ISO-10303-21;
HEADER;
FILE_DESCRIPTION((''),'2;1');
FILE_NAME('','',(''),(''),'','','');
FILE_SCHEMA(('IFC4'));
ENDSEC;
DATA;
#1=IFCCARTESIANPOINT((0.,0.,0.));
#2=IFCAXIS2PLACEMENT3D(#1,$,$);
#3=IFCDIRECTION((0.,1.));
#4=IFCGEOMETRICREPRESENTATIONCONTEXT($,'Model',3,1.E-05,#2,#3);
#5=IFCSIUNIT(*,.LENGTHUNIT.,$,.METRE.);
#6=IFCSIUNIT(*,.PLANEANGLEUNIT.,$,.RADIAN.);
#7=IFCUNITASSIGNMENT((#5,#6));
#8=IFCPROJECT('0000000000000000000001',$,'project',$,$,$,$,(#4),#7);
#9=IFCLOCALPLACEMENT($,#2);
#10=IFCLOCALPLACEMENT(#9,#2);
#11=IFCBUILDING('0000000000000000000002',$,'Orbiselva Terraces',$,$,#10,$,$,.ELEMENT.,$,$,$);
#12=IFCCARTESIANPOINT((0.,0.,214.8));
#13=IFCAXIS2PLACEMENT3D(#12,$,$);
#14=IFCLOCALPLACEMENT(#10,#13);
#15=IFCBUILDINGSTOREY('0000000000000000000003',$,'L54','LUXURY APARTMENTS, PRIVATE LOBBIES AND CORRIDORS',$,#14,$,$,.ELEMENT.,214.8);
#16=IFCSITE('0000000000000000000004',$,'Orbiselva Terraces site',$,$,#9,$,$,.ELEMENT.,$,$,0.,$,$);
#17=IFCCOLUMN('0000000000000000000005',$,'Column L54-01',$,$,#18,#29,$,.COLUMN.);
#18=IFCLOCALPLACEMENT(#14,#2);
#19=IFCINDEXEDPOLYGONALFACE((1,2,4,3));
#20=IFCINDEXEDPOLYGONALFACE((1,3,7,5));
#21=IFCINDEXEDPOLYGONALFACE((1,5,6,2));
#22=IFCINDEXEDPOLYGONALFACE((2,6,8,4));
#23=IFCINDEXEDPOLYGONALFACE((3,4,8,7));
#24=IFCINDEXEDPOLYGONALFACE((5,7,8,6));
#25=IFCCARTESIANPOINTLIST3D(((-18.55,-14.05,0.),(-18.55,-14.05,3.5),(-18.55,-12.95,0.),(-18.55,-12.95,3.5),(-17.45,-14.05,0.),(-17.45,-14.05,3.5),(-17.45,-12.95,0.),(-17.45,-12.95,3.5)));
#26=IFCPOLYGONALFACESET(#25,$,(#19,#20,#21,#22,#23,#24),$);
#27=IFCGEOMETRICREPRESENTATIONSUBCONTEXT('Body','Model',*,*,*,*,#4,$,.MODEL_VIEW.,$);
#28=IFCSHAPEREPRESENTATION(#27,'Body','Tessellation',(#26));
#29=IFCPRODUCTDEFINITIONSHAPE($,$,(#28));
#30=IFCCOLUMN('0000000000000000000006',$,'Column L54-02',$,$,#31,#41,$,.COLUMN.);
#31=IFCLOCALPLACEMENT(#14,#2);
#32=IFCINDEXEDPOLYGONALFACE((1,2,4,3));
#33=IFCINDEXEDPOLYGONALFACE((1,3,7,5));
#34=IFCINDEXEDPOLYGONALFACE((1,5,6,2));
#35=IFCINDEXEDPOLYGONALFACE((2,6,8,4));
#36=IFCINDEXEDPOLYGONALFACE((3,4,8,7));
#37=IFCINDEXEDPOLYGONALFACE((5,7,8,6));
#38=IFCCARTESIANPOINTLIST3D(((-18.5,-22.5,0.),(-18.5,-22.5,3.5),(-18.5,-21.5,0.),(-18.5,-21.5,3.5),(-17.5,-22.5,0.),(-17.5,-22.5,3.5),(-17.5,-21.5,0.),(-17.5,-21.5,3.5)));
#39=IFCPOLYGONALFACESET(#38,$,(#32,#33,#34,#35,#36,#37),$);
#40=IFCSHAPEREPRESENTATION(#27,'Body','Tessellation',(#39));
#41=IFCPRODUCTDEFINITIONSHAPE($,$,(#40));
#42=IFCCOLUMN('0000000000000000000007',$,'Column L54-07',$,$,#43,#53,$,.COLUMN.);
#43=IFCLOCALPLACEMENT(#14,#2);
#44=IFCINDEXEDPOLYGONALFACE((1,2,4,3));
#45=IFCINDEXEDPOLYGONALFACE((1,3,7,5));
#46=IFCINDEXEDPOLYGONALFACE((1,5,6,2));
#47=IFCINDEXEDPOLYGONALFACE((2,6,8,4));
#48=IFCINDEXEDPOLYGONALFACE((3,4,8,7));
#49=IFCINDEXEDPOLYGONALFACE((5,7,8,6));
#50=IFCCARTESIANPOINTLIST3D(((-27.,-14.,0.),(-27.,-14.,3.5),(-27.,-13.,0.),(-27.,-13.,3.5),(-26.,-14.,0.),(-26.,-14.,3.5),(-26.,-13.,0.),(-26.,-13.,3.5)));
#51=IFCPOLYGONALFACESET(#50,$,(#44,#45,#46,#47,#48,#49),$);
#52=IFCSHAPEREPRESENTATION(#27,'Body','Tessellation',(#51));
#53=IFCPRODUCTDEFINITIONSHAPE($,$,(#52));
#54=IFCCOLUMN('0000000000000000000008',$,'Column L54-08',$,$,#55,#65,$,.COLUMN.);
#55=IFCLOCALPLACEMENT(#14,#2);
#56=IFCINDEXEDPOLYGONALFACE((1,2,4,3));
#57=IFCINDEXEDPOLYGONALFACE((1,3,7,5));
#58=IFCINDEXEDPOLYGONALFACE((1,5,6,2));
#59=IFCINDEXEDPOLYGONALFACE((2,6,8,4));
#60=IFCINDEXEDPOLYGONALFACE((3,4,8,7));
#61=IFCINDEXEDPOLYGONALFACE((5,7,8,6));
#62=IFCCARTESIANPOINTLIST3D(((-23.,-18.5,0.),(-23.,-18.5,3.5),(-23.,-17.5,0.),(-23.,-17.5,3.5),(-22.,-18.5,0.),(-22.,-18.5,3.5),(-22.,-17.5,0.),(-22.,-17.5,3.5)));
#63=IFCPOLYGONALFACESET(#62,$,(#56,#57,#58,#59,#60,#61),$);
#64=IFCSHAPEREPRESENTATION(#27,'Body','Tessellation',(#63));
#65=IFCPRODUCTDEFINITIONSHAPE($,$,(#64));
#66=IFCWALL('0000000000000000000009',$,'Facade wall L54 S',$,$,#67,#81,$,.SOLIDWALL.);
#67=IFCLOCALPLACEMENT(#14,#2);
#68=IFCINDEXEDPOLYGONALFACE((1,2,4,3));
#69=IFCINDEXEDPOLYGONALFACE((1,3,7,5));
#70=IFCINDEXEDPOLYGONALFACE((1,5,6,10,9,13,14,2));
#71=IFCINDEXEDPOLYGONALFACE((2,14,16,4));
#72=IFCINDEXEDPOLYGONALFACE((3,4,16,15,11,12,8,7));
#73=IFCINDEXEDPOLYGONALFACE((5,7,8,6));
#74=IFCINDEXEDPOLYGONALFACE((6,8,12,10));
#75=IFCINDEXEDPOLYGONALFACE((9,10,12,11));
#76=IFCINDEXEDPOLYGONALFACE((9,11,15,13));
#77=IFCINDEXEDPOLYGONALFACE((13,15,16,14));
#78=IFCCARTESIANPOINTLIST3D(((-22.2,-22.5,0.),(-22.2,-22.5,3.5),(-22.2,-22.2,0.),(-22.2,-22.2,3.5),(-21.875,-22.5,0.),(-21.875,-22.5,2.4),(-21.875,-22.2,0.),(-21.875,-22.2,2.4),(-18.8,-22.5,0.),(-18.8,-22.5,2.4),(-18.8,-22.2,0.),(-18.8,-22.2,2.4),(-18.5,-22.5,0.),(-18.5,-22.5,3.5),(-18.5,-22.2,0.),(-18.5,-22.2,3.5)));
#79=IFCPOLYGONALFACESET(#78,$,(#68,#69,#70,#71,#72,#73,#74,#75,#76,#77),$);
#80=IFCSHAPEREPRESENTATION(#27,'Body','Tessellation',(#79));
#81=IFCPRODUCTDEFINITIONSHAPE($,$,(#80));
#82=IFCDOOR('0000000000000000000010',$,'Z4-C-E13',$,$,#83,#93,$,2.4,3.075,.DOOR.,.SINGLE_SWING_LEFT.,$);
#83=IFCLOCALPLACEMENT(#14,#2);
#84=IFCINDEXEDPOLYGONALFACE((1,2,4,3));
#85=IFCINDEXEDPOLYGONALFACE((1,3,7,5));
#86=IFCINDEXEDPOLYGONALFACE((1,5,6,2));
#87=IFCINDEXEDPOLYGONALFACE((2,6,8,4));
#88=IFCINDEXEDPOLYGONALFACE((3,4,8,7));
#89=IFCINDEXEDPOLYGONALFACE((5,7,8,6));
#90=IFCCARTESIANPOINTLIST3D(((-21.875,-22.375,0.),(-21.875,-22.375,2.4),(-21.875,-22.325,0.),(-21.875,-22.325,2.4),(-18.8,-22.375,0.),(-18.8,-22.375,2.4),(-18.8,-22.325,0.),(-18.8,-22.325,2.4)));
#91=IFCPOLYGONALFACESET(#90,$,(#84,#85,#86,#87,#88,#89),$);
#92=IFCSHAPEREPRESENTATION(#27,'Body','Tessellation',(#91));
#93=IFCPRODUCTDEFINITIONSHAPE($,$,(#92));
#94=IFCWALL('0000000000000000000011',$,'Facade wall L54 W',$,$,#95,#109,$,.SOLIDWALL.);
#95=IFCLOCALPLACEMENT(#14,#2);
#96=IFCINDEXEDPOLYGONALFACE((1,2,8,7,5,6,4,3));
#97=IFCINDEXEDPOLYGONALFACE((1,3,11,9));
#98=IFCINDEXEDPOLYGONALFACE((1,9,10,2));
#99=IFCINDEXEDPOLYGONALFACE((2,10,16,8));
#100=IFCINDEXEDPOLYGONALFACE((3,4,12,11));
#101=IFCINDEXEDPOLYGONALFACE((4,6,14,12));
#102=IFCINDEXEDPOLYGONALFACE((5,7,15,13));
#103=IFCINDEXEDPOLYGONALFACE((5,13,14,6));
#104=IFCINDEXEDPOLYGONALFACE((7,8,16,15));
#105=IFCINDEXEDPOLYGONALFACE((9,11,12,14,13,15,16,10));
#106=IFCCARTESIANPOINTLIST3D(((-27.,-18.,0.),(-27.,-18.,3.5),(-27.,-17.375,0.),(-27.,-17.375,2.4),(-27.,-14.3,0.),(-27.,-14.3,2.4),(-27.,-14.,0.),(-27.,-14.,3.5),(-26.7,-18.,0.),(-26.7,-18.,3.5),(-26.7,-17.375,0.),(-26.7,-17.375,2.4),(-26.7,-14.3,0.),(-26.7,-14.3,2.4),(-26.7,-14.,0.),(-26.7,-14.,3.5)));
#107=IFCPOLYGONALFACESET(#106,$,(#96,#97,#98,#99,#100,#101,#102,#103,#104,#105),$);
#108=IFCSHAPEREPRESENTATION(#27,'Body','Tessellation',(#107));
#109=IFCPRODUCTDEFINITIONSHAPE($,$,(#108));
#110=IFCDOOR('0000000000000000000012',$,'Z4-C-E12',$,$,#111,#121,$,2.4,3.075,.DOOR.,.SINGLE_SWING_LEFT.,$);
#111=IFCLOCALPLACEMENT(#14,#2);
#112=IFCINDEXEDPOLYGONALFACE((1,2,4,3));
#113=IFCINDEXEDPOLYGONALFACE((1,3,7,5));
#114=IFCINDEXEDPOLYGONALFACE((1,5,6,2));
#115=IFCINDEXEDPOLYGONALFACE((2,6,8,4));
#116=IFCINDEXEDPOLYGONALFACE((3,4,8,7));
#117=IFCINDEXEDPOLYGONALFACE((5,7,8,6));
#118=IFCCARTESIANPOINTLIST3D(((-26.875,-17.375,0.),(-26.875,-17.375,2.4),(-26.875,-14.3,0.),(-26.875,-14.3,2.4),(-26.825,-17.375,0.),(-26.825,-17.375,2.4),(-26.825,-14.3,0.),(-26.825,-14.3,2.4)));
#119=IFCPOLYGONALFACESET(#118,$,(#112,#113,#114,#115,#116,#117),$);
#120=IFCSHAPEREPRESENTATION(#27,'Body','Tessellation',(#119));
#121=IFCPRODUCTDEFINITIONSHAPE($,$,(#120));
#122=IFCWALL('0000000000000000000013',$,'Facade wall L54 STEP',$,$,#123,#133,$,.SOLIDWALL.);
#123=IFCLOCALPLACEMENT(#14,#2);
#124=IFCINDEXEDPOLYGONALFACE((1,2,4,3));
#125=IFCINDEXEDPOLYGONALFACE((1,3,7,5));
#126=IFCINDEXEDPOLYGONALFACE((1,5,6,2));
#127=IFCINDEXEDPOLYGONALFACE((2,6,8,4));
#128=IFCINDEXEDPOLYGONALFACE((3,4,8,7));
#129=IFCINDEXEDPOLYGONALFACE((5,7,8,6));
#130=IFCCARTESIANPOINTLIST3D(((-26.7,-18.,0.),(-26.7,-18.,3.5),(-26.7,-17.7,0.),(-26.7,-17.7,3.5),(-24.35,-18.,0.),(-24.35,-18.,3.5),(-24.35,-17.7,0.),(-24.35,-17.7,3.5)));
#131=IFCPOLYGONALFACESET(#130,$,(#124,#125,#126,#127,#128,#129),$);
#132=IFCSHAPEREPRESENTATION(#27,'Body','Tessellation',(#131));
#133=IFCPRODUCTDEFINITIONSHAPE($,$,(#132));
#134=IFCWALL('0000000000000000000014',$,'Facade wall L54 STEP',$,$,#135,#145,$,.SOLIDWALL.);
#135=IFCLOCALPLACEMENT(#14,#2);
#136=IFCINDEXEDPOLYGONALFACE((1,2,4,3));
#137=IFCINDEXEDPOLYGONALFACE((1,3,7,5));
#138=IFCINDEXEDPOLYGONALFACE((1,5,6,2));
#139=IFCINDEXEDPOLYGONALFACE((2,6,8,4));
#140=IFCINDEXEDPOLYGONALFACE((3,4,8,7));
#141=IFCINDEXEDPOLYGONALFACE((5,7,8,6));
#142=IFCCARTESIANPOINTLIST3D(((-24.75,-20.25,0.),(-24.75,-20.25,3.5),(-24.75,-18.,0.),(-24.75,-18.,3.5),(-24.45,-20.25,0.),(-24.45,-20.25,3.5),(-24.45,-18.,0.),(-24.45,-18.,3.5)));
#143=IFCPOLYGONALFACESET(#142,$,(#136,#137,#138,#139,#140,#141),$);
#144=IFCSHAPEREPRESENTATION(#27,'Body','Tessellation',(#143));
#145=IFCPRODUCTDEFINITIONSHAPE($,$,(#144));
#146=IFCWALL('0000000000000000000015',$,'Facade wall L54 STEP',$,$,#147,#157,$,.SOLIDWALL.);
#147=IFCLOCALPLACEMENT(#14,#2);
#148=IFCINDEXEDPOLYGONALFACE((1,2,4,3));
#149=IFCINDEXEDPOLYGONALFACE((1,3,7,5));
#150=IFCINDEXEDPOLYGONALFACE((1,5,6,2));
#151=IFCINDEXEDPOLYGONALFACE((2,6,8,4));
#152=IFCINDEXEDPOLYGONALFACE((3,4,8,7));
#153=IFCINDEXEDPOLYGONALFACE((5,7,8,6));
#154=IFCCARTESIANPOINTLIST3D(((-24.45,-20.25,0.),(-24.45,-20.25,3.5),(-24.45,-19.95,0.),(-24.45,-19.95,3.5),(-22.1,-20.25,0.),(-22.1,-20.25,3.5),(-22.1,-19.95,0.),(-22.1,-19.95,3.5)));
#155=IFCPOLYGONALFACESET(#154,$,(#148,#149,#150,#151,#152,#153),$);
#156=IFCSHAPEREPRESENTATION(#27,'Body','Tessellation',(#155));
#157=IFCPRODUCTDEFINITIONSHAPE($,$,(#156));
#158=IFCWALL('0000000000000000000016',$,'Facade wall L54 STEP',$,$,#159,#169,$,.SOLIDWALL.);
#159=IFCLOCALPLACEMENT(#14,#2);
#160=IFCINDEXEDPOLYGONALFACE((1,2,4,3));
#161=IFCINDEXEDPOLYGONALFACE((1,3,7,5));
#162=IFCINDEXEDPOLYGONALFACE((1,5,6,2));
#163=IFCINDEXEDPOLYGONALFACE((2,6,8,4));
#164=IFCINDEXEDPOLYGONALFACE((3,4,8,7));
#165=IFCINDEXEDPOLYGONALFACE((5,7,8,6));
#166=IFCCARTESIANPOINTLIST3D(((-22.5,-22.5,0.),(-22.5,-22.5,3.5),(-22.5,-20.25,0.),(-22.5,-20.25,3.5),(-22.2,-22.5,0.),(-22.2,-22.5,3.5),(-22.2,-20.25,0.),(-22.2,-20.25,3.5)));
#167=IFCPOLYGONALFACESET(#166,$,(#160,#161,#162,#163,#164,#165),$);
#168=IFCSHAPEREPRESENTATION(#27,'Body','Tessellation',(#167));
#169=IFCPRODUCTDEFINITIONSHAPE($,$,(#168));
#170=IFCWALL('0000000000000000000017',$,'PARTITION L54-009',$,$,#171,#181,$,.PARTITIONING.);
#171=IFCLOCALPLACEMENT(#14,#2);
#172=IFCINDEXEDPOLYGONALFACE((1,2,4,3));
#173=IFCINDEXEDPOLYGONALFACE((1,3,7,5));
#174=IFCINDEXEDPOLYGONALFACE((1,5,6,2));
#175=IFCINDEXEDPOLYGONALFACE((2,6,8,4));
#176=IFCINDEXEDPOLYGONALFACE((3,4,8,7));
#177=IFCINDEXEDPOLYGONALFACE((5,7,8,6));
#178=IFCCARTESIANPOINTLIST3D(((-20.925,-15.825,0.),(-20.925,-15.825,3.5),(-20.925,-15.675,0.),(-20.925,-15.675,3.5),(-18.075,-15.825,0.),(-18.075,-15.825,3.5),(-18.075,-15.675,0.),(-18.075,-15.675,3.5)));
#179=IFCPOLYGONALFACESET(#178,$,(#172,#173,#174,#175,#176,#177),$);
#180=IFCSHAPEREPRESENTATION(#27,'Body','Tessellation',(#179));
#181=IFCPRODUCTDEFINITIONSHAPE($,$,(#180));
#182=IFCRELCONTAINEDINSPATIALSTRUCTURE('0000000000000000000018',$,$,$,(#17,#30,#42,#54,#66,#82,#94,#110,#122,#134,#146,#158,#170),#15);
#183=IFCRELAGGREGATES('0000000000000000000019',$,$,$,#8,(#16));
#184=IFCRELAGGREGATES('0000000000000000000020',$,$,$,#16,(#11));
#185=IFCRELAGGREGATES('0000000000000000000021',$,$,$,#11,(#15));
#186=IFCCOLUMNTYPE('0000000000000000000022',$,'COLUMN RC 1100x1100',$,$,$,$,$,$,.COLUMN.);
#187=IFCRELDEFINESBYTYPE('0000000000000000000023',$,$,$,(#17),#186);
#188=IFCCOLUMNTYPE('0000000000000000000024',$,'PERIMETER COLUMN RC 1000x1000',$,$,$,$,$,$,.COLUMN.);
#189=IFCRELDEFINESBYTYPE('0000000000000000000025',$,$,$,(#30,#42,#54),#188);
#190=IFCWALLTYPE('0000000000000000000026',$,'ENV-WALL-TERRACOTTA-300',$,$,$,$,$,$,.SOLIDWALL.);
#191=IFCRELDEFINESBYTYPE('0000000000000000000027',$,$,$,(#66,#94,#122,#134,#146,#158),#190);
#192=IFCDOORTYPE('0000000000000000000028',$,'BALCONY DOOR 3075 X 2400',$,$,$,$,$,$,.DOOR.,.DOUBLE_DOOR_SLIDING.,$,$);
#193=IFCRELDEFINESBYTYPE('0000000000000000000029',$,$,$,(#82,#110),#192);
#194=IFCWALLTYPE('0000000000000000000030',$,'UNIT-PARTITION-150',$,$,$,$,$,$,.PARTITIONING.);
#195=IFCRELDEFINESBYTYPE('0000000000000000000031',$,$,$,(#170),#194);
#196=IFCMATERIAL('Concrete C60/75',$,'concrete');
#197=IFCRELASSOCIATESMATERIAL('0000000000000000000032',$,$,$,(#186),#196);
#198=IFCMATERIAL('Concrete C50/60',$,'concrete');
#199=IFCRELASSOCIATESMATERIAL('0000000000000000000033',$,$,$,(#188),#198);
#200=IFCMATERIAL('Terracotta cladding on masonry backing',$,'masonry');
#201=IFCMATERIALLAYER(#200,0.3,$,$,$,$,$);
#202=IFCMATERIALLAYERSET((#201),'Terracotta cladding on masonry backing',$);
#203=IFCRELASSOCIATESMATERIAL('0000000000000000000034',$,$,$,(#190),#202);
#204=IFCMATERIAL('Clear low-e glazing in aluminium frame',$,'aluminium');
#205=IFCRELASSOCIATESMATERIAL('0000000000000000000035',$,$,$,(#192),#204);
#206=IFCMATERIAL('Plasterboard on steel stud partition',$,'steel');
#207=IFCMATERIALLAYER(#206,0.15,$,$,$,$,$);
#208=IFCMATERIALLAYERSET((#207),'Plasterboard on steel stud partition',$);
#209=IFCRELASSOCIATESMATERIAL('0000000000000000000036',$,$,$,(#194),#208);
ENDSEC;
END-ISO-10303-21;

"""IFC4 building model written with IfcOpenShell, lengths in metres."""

from ifc_helpers import new_model, si_unit, direction, frame, frame_2d, origin, origin_2d, place, context, subcontext, project, spatial, rectangle, extrude, material, layer, layer_set, material_profile, profile_set, type_object, element, fill, save


model = new_model("IFC4")

# Units and contexts
model_context = context("Model", 3, precision=1e-05, world=origin(), true_north=direction((0.0, 1.0)))
body_context = subcontext(model_context, "Body", "Model", "MODEL_VIEW")
ifc_project = project(units=[si_unit("LENGTHUNIT", "METRE"), si_unit("PLANEANGLEUNIT", "RADIAN")], contexts=[model_context])

# Site, building, storey
site_placement = place(None, origin())
site = spatial("IfcSite", under=ifc_project, at=site_placement, Name="Orbiselva Terraces site", CompositionType="ELEMENT", RefElevation=0.0)
building_placement = place(site_placement, origin())
building = spatial("IfcBuilding", under=site, at=building_placement, Name="Orbiselva Terraces", CompositionType="ELEMENT")
storey_placement = place(building_placement, frame((0.0, 0.0, 214.8)))
storey = spatial("IfcBuildingStorey", under=building, at=storey_placement, Name="L54", Description="LUXURY APARTMENTS, PRIVATE LOBBIES AND CORRIDORS", CompositionType="ELEMENT", Elevation=214.8)

# Columns
ifc_material_1 = material(Name="Concrete C60/75", Category="concrete")
ifc_material_profile_1 = material_profile(ifc_material_1, rectangle(XDim=1.1, YDim=1.1, at=origin_2d()), Name="RC 1100x1100")
ifc_profile_set_1 = profile_set([ifc_material_profile_1], Name="Concrete C60/75")
column_type_1 = type_object("IfcColumnType", Name="COLUMN RC 1100x1100", PredefinedType="COLUMN", material=ifc_profile_set_1)
column_placement = place(storey_placement, frame((-18.0, -13.5, 0.0), z_axis=(0.0, 0.0, 1.0), x_axis=(1.0, 0.0, 0.0)))
element("IfcColumn", 1, at=column_placement, inside=storey, type_object=column_type_1, Name="Column L54-01", PredefinedType="COLUMN", context=body_context, shape_type="SweptSolid", body=[
    extrude(rectangle(XDim=1.1, YDim=1.1, at=origin_2d()), origin(), (0.0, 0.0, 1.0), 3.5),
])
ifc_material_2 = material(Name="Concrete C50/60", Category="concrete")
ifc_material_profile_2 = material_profile(ifc_material_2, rectangle(XDim=1.0, YDim=1.0, at=origin_2d()), Name="RC 1000x1000")
ifc_profile_set_2 = profile_set([ifc_material_profile_2], Name="Concrete C50/60")
column_type_2 = type_object("IfcColumnType", Name="PERIMETER COLUMN RC 1000x1000", PredefinedType="COLUMN", material=ifc_profile_set_2)
for number, where, z_axis, x_axis, name in (
    (2, (-18.0, -22.0, 0.0), (0.0, 0.0, 1.0), (1.0, 0.0, 0.0), "Column L54-02"),
    (3, (-26.5, -13.5, 0.0), (0.0, 0.0, 1.0), (1.0, 0.0, 0.0), "Column L54-07"),
    (4, (-22.5, -18.0, 0.0), (0.0, 0.0, 1.0), (1.0, 0.0, 0.0), "Column L54-08"),
):
    element("IfcColumn", number, at=place(storey_placement, frame(where, z_axis=z_axis, x_axis=x_axis)), inside=storey, type_object=column_type_2, Name=name, PredefinedType="COLUMN", context=body_context, shape_type="SweptSolid", body=[
        extrude(rectangle(XDim=1.0, YDim=1.0, at=origin_2d()), origin(), (0.0, 0.0, 1.0), 3.5),
    ])

# Walls, openings, doors
ifc_material_3 = material(Name="Terracotta cladding on masonry backing", Category="masonry")
ifc_layer_1 = layer(ifc_material_3, 0.3)
ifc_layer_set_1 = layer_set([ifc_layer_1], Name="Terracotta cladding on masonry backing")
wall_type_1 = type_object("IfcWallType", Name="ENV-WALL-TERRACOTTA-300", PredefinedType="SOLIDWALL", material=ifc_layer_set_1)
wall_1_placement = place(storey_placement, frame((-18.5, -22.35, 0.0), z_axis=(0.0, 0.0, 1.0), x_axis=(-1.0, 0.0, 0.0)))
wall_1 = element("IfcWall", 5, at=wall_1_placement, inside=storey, type_object=wall_type_1, Name="Facade wall L54 S", PredefinedType="SOLIDWALL", context=body_context, shape_type="SweptSolid", body=[
    extrude(rectangle(XDim=3.7, YDim=0.3, at=frame_2d((1.85, 0.0))), origin(), (0.0, 0.0, 1.0), 3.5),
])
opening_1_placement = place(wall_1_placement, frame((0.3, 0.0, 0.0)))
opening_1 = element("IfcOpeningElement", 6, at=opening_1_placement, cuts=wall_1, PredefinedType="OPENING", context=body_context, shape_type="SweptSolid", body=[
    extrude(rectangle(XDim=3.075, YDim=2.4, at=frame_2d((1.5375, 1.2))), frame((0.0, 0.16, 0.0), z_axis=(0.0, -1.0, 0.0), x_axis=(1.0, 0.0, 0.0)), (0.0, 0.0, 1.0), 0.32),
])
ifc_material_4 = material(Name="Clear low-e glazing in aluminium frame", Category="aluminium")
door_type_1 = type_object("IfcDoorType", Name="BALCONY DOOR 3075 X 2400", OperationType="DOUBLE_DOOR_SLIDING", PredefinedType="DOOR", material=ifc_material_4)
door_1_placement = place(opening_1_placement, origin())
door_1 = element("IfcDoor", 7, at=door_1_placement, inside=storey, type_object=door_type_1, Name="Z4-C-E13", OperationType="SINGLE_SWING_LEFT", OverallHeight=2.4, OverallWidth=3.075, PredefinedType="DOOR", context=body_context, shape_type="SweptSolid", body=[
    extrude(rectangle(XDim=3.075, YDim=2.4, at=frame_2d((1.5375, 1.2))), frame((0.0, 0.025, 0.0), z_axis=(0.0, -1.0, 0.0), x_axis=(1.0, 0.0, 0.0)), (0.0, 0.0, 1.0), 0.05),
])
fill(opening_1, door_1)
wall_2_placement = place(storey_placement, frame((-26.85, -18.0, 0.0), z_axis=(0.0, 0.0, 1.0), x_axis=(0.0, 1.0, 0.0)))
wall_2 = element("IfcWall", 8, at=wall_2_placement, inside=storey, type_object=wall_type_1, Name="Facade wall L54 W", PredefinedType="SOLIDWALL", context=body_context, shape_type="SweptSolid", body=[
    extrude(rectangle(XDim=4.0, YDim=0.3, at=frame_2d((2.0, 0.0))), origin(), (0.0, 0.0, 1.0), 3.5),
])
opening_2_placement = place(wall_2_placement, frame((0.625, 0.0, 0.0)))
opening_2 = element("IfcOpeningElement", 9, at=opening_2_placement, cuts=wall_2, PredefinedType="OPENING", context=body_context, shape_type="SweptSolid", body=[
    extrude(rectangle(XDim=3.075, YDim=2.4, at=frame_2d((1.5375, 1.2))), frame((0.0, 0.16, 0.0), z_axis=(0.0, -1.0, 0.0), x_axis=(1.0, 0.0, 0.0)), (0.0, 0.0, 1.0), 0.32),
])
door_2_placement = place(opening_2_placement, origin())
door_2 = element("IfcDoor", 10, at=door_2_placement, inside=storey, type_object=door_type_1, Name="Z4-C-E12", OperationType="SINGLE_SWING_LEFT", OverallHeight=2.4, OverallWidth=3.075, PredefinedType="DOOR", context=body_context, shape_type="SweptSolid", body=[
    extrude(rectangle(XDim=3.075, YDim=2.4, at=frame_2d((1.5375, 1.2))), frame((0.0, 0.025, 0.0), z_axis=(0.0, -1.0, 0.0), x_axis=(1.0, 0.0, 0.0)), (0.0, 0.0, 1.0), 0.05),
])
fill(opening_2, door_2)

# Walls
wall_3_placement = place(storey_placement, frame((-24.35, -17.85, 0.0), z_axis=(0.0, 0.0, 1.0), x_axis=(-1.0, 0.0, 0.0)))
element("IfcWall", 11, at=wall_3_placement, inside=storey, type_object=wall_type_1, Name="Facade wall L54 STEP", PredefinedType="SOLIDWALL", context=body_context, shape_type="SweptSolid", body=[
    extrude(rectangle(XDim=2.35, YDim=0.3, at=frame_2d((1.175, 0.0))), origin(), (0.0, 0.0, 1.0), 3.5),
])
wall_4_placement = place(storey_placement, frame((-24.6, -20.25, 0.0), z_axis=(0.0, 0.0, 1.0), x_axis=(0.0, 1.0, 0.0)))
element("IfcWall", 12, at=wall_4_placement, inside=storey, type_object=wall_type_1, Name="Facade wall L54 STEP", PredefinedType="SOLIDWALL", context=body_context, shape_type="SweptSolid", body=[
    extrude(rectangle(XDim=2.25, YDim=0.3, at=frame_2d((1.125, 0.0))), origin(), (0.0, 0.0, 1.0), 3.5),
])
wall_5_placement = place(storey_placement, frame((-22.1, -20.1, 0.0), z_axis=(0.0, 0.0, 1.0), x_axis=(-1.0, 0.0, 0.0)))
element("IfcWall", 13, at=wall_5_placement, inside=storey, type_object=wall_type_1, Name="Facade wall L54 STEP", PredefinedType="SOLIDWALL", context=body_context, shape_type="SweptSolid", body=[
    extrude(rectangle(XDim=2.35, YDim=0.3, at=frame_2d((1.175, 0.0))), origin(), (0.0, 0.0, 1.0), 3.5),
])
wall_6_placement = place(storey_placement, frame((-22.35, -22.5, 0.0), z_axis=(0.0, 0.0, 1.0), x_axis=(0.0, 1.0, 0.0)))
element("IfcWall", 14, at=wall_6_placement, inside=storey, type_object=wall_type_1, Name="Facade wall L54 STEP", PredefinedType="SOLIDWALL", context=body_context, shape_type="SweptSolid", body=[
    extrude(rectangle(XDim=2.25, YDim=0.3, at=frame_2d((1.125, 0.0))), origin(), (0.0, 0.0, 1.0), 3.5),
])
ifc_material_5 = material(Name="Plasterboard on steel stud partition", Category="steel")
ifc_layer_2 = layer(ifc_material_5, 0.15)
ifc_layer_set_2 = layer_set([ifc_layer_2], Name="Plasterboard on steel stud partition")
wall_type_2 = type_object("IfcWallType", Name="UNIT-PARTITION-150", PredefinedType="PARTITIONING", material=ifc_layer_set_2)
wall_7_placement = place(storey_placement, frame((-20.925, -15.75, 0.0), z_axis=(0.0, 0.0, 1.0), x_axis=(1.0, 0.0, 0.0)))
element("IfcWall", 15, at=wall_7_placement, inside=storey, type_object=wall_type_2, Name="PARTITION L54-009", PredefinedType="PARTITIONING", context=body_context, shape_type="SweptSolid", body=[
    extrude(rectangle(XDim=2.85, YDim=0.15, at=frame_2d((1.425, 0.0))), origin(), (0.0, 0.0, 1.0), 3.5),
])

save(model, "model.ifc")
